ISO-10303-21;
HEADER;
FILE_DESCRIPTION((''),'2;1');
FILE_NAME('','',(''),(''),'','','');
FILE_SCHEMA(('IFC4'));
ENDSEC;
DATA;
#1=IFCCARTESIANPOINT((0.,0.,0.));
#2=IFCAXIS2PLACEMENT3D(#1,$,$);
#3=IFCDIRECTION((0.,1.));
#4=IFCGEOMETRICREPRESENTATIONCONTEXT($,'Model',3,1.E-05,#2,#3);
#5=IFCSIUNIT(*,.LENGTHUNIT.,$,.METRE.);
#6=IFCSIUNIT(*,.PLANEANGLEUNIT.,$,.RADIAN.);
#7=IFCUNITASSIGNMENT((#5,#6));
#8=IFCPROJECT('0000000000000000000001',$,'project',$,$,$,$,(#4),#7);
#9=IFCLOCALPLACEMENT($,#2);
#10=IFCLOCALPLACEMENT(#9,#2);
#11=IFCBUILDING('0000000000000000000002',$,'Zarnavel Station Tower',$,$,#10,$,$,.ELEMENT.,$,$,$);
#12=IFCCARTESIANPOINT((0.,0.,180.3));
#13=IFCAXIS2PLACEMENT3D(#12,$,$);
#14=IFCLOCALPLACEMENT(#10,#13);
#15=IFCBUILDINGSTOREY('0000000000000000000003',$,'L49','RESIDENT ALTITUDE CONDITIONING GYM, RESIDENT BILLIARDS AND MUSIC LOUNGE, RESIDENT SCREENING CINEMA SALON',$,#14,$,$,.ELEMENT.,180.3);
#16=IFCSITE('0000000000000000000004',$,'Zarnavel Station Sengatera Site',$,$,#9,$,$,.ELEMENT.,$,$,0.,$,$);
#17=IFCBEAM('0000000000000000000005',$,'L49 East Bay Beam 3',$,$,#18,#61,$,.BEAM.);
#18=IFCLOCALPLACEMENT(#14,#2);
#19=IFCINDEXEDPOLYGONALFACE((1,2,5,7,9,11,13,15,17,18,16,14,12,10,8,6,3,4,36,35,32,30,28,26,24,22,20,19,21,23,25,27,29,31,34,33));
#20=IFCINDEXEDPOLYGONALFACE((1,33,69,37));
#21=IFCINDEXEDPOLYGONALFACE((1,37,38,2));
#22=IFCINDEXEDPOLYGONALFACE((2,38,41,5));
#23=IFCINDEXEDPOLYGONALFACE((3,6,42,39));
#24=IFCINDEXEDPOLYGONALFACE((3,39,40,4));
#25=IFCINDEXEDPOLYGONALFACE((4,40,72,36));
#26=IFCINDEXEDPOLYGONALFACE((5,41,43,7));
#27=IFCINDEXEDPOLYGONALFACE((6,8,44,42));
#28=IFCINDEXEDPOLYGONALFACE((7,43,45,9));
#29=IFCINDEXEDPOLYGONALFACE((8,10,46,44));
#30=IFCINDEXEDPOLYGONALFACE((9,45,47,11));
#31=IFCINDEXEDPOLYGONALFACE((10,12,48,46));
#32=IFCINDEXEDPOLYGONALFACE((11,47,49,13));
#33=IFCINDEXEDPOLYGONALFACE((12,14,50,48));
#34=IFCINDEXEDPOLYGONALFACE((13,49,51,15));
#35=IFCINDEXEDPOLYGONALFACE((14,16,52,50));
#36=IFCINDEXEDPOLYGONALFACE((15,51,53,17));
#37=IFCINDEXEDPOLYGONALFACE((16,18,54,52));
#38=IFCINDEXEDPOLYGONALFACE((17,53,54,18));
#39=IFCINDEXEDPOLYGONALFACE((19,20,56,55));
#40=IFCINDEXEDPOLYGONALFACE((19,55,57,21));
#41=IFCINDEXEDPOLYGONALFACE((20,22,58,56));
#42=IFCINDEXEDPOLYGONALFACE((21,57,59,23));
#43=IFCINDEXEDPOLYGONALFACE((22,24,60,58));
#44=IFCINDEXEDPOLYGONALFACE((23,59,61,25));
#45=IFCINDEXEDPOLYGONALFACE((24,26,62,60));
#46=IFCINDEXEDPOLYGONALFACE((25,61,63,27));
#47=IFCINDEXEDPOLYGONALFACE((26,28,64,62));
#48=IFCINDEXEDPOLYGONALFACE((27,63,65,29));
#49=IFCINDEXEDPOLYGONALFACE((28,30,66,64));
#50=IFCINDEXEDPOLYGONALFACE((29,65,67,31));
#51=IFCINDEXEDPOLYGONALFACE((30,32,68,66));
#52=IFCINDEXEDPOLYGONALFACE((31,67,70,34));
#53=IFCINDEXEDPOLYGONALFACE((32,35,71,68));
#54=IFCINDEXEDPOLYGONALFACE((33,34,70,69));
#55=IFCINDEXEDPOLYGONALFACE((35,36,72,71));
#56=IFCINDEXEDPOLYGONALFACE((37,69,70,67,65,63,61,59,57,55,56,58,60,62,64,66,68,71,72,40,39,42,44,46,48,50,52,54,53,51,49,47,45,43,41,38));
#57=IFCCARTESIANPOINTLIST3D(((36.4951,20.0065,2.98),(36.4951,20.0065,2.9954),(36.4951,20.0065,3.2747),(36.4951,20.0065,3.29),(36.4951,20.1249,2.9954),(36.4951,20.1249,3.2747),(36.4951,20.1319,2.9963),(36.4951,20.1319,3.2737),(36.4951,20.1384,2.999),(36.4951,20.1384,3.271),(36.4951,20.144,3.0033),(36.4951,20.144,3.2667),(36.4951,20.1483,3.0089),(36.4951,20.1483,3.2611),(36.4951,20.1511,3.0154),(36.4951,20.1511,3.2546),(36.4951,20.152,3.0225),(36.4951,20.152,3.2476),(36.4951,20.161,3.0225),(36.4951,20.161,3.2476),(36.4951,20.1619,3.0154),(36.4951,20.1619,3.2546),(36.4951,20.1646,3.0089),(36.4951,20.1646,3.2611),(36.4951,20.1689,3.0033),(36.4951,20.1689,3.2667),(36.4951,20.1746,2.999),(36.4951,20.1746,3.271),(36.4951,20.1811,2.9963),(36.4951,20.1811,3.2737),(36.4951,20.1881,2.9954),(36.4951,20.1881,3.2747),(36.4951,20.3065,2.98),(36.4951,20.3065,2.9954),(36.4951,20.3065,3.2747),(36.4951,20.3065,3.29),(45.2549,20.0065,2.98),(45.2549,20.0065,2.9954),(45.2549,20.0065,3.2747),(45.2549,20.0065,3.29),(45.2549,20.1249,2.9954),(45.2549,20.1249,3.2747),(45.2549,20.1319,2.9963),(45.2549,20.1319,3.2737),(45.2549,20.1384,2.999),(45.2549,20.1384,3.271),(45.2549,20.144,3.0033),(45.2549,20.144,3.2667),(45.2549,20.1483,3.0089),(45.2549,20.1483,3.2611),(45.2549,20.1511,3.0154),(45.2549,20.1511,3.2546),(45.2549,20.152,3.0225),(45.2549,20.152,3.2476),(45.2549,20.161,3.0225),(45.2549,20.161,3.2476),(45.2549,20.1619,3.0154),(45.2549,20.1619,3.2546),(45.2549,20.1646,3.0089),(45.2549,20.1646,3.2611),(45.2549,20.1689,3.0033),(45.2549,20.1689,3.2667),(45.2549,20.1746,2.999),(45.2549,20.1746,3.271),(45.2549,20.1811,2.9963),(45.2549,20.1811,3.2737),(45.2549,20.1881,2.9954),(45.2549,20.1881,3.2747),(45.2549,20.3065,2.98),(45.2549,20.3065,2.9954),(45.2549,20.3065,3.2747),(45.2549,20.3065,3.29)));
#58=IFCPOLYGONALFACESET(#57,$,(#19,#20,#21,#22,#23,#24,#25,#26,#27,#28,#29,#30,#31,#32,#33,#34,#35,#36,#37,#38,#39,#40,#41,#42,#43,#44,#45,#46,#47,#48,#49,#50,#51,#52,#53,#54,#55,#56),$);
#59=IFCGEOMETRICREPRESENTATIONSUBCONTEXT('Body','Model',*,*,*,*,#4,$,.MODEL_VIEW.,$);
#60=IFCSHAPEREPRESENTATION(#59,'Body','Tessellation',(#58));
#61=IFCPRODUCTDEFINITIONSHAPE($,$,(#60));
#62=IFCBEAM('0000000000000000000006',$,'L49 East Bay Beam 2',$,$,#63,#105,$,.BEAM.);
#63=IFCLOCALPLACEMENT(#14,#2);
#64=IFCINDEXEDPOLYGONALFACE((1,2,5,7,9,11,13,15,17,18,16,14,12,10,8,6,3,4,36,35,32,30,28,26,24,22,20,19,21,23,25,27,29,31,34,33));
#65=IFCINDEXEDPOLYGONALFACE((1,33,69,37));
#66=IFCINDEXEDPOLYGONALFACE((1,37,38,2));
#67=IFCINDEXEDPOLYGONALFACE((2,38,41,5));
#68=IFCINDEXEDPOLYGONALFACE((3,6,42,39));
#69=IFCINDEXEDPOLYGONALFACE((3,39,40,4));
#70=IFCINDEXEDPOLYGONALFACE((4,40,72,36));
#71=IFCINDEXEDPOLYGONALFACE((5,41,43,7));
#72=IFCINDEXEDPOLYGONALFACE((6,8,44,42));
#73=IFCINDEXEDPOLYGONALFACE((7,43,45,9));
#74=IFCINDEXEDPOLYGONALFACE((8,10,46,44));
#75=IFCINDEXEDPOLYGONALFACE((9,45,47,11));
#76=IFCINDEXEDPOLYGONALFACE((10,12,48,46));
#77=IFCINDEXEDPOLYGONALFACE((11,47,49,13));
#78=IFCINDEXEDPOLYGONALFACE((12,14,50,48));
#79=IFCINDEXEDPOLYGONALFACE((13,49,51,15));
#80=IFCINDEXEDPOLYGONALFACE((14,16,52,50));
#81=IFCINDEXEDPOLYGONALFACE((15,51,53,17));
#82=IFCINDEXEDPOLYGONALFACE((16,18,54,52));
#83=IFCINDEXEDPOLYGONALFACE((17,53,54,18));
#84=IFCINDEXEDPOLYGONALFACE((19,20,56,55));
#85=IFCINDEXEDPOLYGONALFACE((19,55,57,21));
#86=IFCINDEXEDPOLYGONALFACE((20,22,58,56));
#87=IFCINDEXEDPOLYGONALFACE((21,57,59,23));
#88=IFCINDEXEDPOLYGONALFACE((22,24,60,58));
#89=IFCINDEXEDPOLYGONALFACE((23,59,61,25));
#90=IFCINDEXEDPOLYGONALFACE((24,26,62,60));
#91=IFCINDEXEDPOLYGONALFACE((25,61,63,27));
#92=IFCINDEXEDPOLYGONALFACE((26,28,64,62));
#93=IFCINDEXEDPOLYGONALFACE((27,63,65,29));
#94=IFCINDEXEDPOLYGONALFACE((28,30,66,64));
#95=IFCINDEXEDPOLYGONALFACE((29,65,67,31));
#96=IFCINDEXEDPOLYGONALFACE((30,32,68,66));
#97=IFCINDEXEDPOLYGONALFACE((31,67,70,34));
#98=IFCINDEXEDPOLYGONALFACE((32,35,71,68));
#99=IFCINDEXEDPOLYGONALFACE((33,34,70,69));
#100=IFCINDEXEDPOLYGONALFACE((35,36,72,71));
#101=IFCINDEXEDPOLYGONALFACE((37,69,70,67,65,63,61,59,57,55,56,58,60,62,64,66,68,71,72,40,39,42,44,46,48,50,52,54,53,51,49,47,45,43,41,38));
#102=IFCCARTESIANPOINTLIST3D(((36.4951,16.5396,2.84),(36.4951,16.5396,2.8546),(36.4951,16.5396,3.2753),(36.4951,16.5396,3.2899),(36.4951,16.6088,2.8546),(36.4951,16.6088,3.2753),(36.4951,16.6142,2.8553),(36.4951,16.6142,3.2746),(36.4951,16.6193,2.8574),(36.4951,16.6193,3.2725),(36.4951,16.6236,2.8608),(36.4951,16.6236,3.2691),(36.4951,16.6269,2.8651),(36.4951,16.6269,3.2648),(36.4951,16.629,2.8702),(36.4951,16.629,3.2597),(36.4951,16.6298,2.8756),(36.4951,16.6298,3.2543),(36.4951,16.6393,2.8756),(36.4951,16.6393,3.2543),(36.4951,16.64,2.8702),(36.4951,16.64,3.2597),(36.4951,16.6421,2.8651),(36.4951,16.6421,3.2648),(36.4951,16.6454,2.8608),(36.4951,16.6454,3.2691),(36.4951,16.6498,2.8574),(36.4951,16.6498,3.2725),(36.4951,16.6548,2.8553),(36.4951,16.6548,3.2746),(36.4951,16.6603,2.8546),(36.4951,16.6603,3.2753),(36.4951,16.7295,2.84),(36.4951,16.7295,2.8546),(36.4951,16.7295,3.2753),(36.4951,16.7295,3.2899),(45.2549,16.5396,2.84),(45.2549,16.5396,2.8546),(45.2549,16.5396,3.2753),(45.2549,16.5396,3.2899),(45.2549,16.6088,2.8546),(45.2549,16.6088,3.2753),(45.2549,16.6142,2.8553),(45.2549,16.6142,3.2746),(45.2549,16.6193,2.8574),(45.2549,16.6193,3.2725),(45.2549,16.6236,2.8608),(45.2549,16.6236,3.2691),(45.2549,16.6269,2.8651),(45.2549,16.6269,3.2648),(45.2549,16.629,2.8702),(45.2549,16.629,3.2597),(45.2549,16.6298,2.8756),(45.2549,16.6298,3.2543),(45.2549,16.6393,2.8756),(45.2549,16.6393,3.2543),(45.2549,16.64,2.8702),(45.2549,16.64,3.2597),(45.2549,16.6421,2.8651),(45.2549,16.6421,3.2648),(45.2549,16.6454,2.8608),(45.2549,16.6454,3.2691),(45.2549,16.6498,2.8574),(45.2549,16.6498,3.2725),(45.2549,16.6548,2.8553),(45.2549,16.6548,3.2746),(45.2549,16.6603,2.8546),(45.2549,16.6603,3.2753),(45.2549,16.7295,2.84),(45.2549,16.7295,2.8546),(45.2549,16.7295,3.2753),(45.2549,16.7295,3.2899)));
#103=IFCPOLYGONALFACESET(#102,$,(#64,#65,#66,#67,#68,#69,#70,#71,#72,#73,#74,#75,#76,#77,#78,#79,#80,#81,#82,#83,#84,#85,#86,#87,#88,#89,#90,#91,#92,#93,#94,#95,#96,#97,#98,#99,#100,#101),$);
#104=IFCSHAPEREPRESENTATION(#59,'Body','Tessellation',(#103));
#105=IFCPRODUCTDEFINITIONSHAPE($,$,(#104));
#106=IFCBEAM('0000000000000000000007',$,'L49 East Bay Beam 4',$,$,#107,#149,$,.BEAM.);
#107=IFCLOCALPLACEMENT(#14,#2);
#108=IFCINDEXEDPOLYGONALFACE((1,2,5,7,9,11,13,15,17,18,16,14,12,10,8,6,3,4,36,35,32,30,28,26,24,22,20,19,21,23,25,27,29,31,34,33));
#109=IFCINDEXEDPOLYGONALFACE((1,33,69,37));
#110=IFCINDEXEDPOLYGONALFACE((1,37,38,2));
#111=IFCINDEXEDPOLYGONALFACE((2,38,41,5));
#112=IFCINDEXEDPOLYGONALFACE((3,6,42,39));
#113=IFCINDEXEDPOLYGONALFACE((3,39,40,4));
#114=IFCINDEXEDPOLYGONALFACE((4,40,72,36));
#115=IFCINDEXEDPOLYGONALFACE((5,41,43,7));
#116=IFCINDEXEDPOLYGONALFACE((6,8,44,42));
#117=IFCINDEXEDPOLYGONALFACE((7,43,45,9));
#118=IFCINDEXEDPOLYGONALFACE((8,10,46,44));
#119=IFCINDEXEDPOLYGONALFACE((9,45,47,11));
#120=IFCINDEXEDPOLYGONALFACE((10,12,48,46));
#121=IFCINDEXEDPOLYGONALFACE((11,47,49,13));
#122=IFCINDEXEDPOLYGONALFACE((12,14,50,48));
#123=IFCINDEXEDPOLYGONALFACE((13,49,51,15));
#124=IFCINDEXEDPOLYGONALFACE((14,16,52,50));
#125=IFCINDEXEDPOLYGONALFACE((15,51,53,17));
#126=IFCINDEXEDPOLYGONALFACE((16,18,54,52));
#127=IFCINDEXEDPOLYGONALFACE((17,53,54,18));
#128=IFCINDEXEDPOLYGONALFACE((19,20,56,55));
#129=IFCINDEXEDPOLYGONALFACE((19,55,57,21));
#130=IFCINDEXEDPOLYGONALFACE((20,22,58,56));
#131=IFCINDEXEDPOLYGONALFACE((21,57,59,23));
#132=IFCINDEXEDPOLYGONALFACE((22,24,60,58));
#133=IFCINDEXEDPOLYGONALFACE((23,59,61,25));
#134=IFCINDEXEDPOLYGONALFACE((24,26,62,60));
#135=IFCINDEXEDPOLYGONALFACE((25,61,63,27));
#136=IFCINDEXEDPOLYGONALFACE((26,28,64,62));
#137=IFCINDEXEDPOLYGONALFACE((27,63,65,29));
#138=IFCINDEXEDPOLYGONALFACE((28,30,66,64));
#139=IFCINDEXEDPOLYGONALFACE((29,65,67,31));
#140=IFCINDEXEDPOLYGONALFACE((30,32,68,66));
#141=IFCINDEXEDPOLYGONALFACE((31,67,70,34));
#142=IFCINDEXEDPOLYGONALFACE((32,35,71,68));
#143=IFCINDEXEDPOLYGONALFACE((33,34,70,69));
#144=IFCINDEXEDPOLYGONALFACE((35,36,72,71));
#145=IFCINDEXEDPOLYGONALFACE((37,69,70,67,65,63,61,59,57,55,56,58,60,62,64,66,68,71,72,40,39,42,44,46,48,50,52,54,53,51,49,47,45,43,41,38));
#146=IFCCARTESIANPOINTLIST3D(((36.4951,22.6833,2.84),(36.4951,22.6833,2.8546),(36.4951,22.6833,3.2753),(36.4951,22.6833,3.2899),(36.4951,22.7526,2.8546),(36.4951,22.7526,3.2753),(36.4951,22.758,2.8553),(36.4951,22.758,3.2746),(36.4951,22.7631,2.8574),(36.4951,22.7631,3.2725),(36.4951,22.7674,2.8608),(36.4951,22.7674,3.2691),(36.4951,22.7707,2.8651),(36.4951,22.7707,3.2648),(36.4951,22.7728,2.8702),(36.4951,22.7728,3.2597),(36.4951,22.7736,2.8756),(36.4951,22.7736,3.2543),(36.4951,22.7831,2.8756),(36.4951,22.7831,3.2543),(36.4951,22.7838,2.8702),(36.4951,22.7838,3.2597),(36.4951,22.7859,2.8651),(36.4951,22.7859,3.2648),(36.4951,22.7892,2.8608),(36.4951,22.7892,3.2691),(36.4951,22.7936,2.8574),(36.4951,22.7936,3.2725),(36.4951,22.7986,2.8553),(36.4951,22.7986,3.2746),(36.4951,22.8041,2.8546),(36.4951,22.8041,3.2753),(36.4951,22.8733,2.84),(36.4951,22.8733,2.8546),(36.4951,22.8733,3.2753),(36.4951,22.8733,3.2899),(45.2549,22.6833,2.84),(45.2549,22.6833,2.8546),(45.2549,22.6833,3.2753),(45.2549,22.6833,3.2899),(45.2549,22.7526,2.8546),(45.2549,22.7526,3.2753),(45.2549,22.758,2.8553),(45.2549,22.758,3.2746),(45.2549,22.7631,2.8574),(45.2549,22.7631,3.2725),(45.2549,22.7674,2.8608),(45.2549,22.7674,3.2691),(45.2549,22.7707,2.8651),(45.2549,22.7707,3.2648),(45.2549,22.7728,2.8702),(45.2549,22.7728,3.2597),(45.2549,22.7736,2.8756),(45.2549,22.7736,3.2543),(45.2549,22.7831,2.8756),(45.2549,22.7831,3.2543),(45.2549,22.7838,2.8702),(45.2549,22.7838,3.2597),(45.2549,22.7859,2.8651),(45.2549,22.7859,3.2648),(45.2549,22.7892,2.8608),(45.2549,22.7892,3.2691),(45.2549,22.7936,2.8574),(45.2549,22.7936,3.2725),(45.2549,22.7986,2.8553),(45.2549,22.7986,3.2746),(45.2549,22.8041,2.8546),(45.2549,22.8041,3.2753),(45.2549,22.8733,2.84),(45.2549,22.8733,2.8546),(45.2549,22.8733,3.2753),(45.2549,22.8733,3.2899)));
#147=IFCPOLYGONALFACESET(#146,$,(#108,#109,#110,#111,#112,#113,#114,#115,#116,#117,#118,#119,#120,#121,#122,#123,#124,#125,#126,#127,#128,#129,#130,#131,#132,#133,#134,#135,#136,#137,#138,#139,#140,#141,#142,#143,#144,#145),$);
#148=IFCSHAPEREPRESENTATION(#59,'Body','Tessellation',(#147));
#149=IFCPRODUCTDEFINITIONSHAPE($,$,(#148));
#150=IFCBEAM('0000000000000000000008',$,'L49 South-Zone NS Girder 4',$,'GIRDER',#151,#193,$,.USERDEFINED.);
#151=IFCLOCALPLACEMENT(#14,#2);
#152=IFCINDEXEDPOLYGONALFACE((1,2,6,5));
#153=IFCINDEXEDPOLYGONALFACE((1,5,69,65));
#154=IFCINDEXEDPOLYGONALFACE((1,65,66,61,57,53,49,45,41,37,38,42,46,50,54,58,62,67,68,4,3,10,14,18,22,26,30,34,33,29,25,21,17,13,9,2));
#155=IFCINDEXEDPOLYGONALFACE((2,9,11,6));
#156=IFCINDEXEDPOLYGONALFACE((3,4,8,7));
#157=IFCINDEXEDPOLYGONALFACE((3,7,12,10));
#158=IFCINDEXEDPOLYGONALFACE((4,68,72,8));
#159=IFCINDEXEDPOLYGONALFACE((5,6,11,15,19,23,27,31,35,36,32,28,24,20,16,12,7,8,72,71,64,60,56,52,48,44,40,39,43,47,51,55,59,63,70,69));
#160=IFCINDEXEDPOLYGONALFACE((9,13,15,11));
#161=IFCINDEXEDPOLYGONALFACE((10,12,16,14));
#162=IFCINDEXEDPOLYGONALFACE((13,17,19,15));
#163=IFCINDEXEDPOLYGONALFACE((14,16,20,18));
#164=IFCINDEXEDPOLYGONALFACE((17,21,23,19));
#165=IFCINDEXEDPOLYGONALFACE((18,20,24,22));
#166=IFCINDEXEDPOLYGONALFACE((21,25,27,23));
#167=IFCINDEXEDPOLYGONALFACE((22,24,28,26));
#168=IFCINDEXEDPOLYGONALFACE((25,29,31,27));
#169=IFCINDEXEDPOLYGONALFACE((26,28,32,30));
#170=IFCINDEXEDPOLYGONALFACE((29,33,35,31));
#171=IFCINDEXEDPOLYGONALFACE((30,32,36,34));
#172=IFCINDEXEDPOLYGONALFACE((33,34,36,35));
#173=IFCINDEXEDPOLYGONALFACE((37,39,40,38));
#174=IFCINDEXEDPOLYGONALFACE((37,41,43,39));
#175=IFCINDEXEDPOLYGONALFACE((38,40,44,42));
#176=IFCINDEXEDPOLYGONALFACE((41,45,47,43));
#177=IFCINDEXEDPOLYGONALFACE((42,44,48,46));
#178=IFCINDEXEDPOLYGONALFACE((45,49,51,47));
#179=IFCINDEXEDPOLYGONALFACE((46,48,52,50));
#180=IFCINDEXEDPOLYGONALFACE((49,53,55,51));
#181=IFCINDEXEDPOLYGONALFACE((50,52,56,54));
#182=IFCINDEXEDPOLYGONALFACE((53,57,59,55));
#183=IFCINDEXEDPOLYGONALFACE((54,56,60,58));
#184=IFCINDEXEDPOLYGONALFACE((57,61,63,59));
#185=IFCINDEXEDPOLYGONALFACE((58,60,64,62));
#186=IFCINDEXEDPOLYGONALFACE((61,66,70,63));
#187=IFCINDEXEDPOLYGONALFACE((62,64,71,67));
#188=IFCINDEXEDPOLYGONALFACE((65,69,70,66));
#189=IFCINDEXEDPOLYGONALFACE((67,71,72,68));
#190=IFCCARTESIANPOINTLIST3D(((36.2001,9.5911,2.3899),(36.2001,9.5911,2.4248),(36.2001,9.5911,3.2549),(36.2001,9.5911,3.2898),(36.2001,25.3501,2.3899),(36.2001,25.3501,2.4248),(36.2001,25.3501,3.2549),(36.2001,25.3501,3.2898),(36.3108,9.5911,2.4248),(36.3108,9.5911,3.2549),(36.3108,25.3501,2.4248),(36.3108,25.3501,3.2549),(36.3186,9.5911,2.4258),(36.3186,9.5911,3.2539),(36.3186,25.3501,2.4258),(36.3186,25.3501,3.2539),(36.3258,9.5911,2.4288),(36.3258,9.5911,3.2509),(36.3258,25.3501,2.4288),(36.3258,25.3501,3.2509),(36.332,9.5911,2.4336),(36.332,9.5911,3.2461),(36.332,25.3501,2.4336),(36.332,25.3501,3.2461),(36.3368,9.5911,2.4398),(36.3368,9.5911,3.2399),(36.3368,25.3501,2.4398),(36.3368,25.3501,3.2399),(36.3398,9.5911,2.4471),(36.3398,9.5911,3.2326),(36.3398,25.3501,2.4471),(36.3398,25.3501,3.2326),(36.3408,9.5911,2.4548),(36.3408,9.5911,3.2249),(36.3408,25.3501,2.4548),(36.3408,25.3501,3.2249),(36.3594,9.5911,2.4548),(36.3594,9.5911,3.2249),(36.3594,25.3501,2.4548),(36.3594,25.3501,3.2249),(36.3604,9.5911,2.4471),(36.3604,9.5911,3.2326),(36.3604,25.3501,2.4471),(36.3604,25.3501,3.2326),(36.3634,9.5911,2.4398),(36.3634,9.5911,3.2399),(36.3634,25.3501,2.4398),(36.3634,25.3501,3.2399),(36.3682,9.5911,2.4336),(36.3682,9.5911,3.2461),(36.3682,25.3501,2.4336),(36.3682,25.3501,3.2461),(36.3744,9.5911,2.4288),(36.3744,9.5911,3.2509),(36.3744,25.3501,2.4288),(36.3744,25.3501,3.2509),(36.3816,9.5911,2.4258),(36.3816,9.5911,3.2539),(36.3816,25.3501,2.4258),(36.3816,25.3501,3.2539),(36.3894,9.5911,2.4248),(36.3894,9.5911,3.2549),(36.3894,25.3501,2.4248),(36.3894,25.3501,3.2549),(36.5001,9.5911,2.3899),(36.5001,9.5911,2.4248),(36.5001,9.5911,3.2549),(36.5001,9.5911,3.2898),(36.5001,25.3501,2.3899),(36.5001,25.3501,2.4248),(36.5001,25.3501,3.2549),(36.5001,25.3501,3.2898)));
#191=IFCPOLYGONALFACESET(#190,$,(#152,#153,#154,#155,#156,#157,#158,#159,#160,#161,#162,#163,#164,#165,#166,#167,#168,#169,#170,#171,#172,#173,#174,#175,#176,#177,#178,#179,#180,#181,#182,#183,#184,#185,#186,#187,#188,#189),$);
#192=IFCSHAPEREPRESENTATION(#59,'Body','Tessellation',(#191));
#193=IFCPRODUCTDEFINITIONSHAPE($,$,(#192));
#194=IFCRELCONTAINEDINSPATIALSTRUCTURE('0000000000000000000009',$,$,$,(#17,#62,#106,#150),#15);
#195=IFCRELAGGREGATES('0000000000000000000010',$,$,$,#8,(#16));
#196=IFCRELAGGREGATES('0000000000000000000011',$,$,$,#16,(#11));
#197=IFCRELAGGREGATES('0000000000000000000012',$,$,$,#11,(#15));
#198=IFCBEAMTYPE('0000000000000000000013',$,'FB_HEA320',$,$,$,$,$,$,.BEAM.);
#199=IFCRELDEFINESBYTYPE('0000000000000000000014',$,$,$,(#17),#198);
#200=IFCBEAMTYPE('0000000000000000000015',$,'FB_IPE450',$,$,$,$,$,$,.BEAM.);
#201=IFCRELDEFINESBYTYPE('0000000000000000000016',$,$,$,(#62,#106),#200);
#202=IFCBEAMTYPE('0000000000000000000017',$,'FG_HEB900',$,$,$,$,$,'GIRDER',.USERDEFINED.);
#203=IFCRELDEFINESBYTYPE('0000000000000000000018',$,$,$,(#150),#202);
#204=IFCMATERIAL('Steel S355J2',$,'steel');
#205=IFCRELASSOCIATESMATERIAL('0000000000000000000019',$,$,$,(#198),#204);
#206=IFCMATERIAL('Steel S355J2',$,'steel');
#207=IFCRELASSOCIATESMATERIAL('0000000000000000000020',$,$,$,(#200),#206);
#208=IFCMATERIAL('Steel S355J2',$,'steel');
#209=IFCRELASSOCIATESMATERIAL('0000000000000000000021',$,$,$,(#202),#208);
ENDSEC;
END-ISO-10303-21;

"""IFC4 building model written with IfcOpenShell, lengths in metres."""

from ifc_helpers import new_model, si_unit, direction, frame, origin, origin_2d, place, context, subcontext, project, spatial, i_section, extrude, material, material_profile, profile_set, type_object, element, save


model = new_model("IFC4")

# Units and contexts
model_context = context("Model", 3, precision=1e-05, world=origin(), true_north=direction((0.0, 1.0)))
body_context = subcontext(model_context, "Body", "Model", "MODEL_VIEW")
ifc_project = project(units=[si_unit("LENGTHUNIT", "METRE"), si_unit("PLANEANGLEUNIT", "RADIAN")], contexts=[model_context])

# Site, building, storey
site_placement = place(None, origin())
site = spatial("IfcSite", under=ifc_project, at=site_placement, Name="Zarnavel Station Sengatera Site", CompositionType="ELEMENT", RefElevation=0.0)
building_placement = place(site_placement, origin())
building = spatial("IfcBuilding", under=site, at=building_placement, Name="Zarnavel Station Tower", CompositionType="ELEMENT")
storey_placement = place(building_placement, frame((0.0, 0.0, 180.3)))
storey = spatial("IfcBuildingStorey", under=building, at=storey_placement, Name="L49", Description="RESIDENT ALTITUDE CONDITIONING GYM, RESIDENT BILLIARDS AND MUSIC LOUNGE, RESIDENT SCREENING CINEMA SALON", CompositionType="ELEMENT", Elevation=180.3)

# Beams
ifc_material_1 = material(Name="Steel S355J2", Category="steel")
ifc_material_profile_1 = material_profile(ifc_material_1, i_section(OverallWidth=0.3, OverallDepth=0.3101, WebThickness=0.009, FlangeThickness=0.0154, FilletRadius=0.0271, at=origin_2d()), Name="HEA320")
ifc_profile_set_1 = profile_set([ifc_material_profile_1], Name="Steel S355J2")
beam_type_1 = type_object("IfcBeamType", Name="FB_HEA320", PredefinedType="BEAM", material=ifc_profile_set_1)
for number, where, z_axis, x_axis, name in (
    (1, (36.4951, 20.1565, 3.135), (1.0, 0.0, 0.0), (0.0, 1.0, 0.0), "L49 East Bay Beam 3"),
):
    element("IfcBeam", number, at=place(storey_placement, frame(where, z_axis=z_axis, x_axis=x_axis)), inside=storey, type_object=beam_type_1, Name=name, PredefinedType="BEAM", context=body_context, shape_type="SweptSolid", body=[
        extrude(i_section(OverallWidth=0.3, OverallDepth=0.3101, WebThickness=0.009, FlangeThickness=0.0154, FilletRadius=0.0271, at=origin_2d()), origin(), (0.0, 0.0, 1.0), 8.7598),
    ])
ifc_material_2 = material(Name="Steel S355J2", Category="steel")
ifc_material_profile_2 = material_profile(ifc_material_2, i_section(OverallWidth=0.1899, OverallDepth=0.45, WebThickness=0.0095, FlangeThickness=0.0146, FilletRadius=0.021, at=origin_2d()), Name="IPE450")
ifc_profile_set_2 = profile_set([ifc_material_profile_2], Name="Steel S355J2")
beam_type_2 = type_object("IfcBeamType", Name="FB_IPE450", PredefinedType="BEAM", material=ifc_profile_set_2)
for number, where, z_axis, x_axis, name in (
    (2, (36.4951, 16.6345, 3.0649), (1.0, 0.0, 0.0), (0.0, 1.0, 0.0), "L49 East Bay Beam 2"),
    (3, (36.4951, 22.7783, 3.0649), (1.0, 0.0, 0.0), (0.0, 1.0, 0.0), "L49 East Bay Beam 4"),
):
    element("IfcBeam", number, at=place(storey_placement, frame(where, z_axis=z_axis, x_axis=x_axis)), inside=storey, type_object=beam_type_2, Name=name, PredefinedType="BEAM", context=body_context, shape_type="SweptSolid", body=[
        extrude(i_section(OverallWidth=0.1899, OverallDepth=0.45, WebThickness=0.0095, FlangeThickness=0.0146, FilletRadius=0.021, at=origin_2d()), origin(), (0.0, 0.0, 1.0), 8.7598),
    ])
ifc_material_3 = material(Name="Steel S355J2", Category="steel")
ifc_material_profile_3 = material_profile(ifc_material_3, i_section(OverallWidth=0.3, OverallDepth=0.8999, WebThickness=0.0186, FlangeThickness=0.0349, FilletRadius=0.03, at=origin_2d()), Name="HEB900")
ifc_profile_set_3 = profile_set([ifc_material_profile_3], Name="Steel S355J2")
beam_type_3 = type_object("IfcBeamType", Name="FG_HEB900", ElementType="GIRDER", PredefinedType="USERDEFINED", material=ifc_profile_set_3)
beam_1_placement = place(storey_placement, frame((36.3501, 9.5911, 2.8398), z_axis=(0.0, 1.0, 0.0), x_axis=(-1.0, 0.0, 0.0)))
element("IfcBeam", 4, at=beam_1_placement, inside=storey, type_object=beam_type_3, Name="L49 South-Zone NS Girder 4", ObjectType="GIRDER", PredefinedType="USERDEFINED", context=body_context, shape_type="SweptSolid", body=[
    extrude(i_section(OverallWidth=0.3, OverallDepth=0.8999, WebThickness=0.0186, FlangeThickness=0.0349, FilletRadius=0.03, at=origin_2d()), origin(), (0.0, 0.0, 1.0), 15.759),
])

save(model, "model.ifc")
